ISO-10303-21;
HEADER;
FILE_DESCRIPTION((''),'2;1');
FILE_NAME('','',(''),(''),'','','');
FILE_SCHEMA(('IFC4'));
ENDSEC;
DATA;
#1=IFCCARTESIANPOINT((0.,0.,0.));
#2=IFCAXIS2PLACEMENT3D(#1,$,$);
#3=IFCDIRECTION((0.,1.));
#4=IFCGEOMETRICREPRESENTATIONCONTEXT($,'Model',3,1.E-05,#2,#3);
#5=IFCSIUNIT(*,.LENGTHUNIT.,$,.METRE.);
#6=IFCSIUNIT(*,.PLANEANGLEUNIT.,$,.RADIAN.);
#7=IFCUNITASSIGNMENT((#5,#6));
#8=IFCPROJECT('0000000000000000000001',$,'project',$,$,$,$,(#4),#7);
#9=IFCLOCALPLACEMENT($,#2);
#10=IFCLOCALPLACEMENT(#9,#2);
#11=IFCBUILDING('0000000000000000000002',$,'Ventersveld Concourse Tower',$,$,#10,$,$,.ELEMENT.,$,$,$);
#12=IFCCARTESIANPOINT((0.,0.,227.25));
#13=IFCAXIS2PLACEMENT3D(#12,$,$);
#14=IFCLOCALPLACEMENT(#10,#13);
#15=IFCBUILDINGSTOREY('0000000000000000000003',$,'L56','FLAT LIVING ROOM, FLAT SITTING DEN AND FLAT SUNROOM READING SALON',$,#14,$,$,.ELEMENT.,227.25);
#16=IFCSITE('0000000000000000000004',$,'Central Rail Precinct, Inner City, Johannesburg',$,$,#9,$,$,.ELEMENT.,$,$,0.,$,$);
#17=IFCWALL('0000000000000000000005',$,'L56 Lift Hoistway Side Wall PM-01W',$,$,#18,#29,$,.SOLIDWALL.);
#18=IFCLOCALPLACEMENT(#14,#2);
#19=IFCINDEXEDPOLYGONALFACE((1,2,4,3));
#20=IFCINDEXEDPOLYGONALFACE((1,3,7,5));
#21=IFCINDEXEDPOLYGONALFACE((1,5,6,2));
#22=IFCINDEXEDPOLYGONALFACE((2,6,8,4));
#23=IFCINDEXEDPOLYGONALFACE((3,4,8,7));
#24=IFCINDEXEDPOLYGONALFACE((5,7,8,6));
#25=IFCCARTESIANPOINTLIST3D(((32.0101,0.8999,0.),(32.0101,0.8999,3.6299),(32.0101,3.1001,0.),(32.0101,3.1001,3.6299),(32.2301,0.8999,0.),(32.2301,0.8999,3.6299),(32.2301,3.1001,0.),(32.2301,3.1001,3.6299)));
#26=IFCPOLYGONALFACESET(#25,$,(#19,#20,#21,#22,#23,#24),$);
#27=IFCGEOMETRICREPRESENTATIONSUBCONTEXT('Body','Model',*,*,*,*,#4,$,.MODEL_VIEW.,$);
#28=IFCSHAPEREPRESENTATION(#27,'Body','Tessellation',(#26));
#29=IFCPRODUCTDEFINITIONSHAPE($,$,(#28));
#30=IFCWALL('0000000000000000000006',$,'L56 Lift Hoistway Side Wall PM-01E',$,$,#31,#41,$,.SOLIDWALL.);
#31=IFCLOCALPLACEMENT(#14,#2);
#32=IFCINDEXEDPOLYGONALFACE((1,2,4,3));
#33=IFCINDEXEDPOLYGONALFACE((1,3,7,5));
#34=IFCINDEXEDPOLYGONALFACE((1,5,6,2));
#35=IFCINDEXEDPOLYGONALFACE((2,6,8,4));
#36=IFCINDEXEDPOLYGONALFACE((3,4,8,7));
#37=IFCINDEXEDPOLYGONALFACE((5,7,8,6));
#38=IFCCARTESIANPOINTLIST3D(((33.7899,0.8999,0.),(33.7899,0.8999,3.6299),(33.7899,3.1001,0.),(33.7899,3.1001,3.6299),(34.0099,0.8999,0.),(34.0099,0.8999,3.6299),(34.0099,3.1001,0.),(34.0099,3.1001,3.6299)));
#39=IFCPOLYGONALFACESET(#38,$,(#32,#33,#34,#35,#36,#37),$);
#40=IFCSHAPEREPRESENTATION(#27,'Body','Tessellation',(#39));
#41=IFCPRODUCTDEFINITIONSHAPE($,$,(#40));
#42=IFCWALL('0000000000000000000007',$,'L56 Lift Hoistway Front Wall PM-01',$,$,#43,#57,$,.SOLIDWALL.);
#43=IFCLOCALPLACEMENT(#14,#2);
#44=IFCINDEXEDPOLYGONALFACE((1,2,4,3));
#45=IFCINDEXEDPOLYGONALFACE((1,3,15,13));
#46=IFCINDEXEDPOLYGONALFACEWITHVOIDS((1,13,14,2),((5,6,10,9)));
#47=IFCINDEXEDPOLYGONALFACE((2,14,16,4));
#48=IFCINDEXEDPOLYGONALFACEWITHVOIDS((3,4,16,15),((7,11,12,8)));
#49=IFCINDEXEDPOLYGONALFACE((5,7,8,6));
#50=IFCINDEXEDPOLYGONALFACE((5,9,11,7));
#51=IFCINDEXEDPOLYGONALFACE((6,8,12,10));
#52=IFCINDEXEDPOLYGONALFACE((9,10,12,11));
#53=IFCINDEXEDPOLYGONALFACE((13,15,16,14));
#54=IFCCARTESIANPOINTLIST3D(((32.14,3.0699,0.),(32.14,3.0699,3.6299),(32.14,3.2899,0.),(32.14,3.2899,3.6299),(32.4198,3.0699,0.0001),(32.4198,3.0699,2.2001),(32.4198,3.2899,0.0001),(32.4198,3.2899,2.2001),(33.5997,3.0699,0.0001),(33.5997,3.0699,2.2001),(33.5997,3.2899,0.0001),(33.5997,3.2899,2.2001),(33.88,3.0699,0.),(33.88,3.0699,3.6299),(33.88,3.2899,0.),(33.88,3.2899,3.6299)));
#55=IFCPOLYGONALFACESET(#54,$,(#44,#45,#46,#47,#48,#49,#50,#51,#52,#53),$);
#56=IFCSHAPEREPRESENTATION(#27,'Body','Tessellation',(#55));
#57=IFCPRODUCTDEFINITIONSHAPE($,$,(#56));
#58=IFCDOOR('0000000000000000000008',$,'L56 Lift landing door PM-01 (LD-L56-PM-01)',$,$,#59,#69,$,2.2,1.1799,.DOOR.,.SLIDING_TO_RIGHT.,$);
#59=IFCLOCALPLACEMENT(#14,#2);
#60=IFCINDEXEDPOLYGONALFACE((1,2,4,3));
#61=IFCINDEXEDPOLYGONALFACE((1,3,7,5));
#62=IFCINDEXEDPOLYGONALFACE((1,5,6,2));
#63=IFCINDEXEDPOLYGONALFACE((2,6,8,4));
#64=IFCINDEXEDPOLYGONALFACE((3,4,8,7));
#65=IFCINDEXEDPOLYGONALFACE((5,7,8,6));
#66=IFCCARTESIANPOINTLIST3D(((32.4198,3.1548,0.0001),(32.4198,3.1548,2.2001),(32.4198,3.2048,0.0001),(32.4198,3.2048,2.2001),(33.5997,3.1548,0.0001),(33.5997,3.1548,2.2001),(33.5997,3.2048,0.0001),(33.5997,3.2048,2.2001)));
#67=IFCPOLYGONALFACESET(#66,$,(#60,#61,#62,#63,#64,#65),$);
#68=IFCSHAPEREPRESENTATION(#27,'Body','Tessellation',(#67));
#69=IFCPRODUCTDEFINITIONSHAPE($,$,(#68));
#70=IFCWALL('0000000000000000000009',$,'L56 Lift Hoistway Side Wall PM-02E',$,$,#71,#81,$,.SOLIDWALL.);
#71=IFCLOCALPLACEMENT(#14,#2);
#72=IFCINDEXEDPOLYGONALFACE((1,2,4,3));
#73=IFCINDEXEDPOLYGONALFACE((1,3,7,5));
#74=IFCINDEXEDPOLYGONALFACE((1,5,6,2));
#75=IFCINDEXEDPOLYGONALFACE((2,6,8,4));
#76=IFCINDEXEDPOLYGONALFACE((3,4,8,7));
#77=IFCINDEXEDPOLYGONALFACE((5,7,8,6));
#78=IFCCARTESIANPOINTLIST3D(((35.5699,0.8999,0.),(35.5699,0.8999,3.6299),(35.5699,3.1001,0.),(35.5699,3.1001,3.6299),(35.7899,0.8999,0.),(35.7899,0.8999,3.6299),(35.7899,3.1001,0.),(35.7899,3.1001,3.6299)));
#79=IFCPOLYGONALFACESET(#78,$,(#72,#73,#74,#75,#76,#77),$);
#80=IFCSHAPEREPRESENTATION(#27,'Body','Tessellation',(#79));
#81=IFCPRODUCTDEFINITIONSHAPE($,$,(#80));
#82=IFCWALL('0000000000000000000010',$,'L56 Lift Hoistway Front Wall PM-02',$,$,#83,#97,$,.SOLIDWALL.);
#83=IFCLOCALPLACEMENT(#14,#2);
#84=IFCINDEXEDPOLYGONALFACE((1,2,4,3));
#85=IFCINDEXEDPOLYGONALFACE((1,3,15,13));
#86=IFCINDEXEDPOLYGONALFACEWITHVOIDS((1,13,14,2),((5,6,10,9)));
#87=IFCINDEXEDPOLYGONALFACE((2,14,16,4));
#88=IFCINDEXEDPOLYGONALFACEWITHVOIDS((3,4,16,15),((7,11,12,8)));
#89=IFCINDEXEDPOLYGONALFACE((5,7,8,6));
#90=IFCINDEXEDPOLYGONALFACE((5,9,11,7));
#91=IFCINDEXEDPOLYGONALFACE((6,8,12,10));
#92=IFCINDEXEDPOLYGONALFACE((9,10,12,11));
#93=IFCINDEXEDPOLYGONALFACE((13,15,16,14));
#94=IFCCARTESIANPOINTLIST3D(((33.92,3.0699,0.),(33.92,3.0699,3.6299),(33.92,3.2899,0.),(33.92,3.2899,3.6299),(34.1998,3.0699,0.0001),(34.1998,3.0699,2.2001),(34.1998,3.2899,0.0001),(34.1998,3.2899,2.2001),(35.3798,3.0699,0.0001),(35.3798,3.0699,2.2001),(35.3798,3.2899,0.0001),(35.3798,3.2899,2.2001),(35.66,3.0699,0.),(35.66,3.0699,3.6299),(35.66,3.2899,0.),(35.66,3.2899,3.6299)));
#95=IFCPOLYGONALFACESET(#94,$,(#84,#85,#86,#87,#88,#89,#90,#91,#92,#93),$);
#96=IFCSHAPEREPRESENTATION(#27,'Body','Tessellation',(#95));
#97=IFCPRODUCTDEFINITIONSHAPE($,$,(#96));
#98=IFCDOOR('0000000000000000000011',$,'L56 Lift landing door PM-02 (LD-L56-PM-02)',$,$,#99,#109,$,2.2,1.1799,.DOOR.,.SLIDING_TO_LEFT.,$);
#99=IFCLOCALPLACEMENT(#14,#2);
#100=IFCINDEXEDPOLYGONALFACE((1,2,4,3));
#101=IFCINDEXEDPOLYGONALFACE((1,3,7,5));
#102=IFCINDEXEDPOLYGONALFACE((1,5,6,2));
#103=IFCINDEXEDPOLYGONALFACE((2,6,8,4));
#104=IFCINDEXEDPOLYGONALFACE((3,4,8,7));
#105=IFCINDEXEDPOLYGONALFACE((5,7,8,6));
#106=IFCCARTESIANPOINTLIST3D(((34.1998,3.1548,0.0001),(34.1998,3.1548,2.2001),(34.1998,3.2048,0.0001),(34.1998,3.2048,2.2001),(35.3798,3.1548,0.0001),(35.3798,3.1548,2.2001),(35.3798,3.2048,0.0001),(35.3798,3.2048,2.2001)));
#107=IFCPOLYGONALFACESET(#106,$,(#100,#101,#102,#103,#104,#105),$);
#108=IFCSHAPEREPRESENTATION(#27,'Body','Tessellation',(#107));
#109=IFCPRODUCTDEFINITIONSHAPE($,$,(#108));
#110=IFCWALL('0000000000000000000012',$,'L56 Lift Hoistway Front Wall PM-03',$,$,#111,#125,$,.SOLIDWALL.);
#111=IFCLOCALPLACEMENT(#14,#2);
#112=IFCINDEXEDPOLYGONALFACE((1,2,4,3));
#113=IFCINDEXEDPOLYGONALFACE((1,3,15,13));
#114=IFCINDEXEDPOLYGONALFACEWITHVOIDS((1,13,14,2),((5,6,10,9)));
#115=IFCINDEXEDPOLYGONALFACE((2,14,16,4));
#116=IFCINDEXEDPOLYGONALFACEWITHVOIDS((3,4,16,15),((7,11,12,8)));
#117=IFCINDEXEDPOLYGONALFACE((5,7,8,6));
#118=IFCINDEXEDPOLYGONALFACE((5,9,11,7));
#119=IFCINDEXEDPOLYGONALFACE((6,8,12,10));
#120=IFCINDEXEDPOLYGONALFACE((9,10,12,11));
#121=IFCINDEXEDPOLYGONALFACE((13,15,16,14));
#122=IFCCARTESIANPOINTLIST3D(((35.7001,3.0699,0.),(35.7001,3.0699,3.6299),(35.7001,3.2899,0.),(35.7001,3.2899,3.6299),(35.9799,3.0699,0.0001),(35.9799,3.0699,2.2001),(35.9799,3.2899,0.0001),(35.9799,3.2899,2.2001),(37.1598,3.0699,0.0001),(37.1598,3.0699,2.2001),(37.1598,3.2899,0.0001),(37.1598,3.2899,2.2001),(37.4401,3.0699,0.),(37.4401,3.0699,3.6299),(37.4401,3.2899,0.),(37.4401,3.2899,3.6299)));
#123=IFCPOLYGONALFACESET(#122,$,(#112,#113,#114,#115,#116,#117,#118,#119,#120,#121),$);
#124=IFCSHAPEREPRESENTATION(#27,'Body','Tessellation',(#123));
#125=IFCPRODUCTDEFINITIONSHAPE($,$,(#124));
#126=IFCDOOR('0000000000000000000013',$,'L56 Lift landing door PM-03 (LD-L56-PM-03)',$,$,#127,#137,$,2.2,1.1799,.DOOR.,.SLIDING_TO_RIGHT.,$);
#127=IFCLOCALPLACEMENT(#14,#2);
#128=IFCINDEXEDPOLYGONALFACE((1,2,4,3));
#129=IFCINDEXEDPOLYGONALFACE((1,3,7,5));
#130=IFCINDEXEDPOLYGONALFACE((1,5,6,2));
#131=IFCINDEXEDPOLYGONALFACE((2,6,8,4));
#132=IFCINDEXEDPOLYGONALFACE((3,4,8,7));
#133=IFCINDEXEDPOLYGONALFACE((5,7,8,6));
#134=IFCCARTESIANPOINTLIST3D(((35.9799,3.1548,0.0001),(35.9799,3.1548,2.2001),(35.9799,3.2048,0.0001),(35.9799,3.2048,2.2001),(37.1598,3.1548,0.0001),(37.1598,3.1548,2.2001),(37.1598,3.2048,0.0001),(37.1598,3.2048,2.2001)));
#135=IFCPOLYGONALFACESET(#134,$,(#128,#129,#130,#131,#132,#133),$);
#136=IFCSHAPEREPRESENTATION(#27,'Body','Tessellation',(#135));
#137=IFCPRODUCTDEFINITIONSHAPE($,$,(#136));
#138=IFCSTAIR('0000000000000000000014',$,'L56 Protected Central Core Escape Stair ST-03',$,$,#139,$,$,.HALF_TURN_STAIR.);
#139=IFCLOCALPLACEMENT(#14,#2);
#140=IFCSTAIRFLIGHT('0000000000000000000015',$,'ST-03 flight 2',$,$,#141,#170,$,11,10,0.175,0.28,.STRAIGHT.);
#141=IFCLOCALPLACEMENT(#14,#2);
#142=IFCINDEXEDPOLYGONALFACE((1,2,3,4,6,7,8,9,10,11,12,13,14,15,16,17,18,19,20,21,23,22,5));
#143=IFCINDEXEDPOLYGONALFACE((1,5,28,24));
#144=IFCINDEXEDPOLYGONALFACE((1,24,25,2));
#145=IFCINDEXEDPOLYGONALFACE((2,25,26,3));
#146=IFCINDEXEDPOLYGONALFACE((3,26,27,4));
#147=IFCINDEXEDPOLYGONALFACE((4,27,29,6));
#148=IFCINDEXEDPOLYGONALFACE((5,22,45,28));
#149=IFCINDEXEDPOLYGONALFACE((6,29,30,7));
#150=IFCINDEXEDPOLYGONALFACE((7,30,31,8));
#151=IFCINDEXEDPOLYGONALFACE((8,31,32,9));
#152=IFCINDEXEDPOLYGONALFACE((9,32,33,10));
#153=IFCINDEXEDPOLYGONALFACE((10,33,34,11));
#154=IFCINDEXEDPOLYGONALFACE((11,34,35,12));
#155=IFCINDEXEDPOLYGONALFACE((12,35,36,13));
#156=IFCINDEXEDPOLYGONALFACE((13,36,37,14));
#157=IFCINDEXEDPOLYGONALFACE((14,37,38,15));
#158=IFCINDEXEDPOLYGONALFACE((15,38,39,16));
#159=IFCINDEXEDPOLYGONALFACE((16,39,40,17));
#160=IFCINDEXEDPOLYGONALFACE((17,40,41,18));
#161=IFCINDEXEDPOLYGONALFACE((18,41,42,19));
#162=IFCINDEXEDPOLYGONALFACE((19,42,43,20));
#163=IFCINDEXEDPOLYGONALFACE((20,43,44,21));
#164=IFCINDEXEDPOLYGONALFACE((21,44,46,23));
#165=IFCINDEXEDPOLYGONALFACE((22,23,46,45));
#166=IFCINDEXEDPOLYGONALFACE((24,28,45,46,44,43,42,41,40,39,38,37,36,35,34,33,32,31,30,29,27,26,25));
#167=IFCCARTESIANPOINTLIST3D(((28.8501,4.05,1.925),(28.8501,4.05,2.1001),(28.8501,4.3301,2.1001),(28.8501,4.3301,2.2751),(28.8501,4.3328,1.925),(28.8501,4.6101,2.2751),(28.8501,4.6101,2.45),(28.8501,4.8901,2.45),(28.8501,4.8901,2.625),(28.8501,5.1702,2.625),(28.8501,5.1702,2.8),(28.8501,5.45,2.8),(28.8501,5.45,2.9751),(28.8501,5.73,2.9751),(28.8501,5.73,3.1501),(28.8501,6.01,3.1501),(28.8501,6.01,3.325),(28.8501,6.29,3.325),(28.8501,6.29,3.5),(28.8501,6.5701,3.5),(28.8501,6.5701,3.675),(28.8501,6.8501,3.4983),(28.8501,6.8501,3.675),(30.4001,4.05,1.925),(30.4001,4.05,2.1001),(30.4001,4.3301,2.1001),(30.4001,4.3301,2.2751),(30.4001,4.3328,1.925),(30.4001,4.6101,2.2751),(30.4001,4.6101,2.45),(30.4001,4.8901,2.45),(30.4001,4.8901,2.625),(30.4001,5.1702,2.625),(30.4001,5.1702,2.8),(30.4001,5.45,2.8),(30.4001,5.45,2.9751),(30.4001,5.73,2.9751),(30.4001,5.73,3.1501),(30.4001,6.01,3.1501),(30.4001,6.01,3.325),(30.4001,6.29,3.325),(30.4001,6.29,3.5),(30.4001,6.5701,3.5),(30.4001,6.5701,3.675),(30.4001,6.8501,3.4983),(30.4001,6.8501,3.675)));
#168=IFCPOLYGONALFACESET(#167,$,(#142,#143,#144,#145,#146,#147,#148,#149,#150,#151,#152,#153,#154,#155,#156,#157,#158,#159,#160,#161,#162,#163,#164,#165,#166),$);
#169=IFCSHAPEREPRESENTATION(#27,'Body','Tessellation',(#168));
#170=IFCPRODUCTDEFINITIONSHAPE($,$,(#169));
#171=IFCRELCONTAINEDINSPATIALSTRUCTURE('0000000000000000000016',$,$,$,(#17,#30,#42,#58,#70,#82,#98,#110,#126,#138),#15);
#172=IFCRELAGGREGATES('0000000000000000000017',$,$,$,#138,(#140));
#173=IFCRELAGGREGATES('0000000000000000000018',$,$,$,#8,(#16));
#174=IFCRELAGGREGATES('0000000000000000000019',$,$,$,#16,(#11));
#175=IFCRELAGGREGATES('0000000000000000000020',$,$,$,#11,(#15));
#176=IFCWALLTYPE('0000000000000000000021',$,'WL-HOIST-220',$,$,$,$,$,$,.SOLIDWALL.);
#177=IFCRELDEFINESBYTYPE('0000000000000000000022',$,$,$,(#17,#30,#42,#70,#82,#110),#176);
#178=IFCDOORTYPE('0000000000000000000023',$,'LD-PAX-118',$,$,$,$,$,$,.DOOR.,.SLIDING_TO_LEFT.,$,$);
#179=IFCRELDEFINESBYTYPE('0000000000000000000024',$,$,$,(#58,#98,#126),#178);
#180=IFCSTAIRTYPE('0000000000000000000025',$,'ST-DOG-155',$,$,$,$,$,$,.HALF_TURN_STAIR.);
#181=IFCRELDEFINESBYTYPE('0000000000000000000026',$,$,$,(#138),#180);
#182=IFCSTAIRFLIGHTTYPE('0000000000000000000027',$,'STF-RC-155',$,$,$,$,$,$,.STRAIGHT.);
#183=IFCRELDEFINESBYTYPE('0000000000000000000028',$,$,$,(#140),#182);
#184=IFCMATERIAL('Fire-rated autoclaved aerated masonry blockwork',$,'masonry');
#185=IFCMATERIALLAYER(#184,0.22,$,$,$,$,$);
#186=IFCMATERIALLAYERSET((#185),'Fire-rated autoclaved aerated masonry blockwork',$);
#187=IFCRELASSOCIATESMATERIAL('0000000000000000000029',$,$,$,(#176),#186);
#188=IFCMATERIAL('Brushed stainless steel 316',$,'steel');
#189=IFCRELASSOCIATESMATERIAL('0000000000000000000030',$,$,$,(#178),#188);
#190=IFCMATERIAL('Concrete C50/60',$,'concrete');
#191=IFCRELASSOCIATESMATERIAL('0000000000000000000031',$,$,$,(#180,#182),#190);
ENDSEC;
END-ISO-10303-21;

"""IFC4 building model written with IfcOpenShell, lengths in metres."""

from ifc_helpers import new_model, si_unit, direction, frame, frame_2d, origin, place, context, subcontext, project, spatial, polyline, rectangle, outline, extrude, material, layer, layer_set, type_object, element, fill, aggregate, save


model = new_model("IFC4")

# Units and contexts
model_context = context("Model", 3, precision=1e-05, world=origin(), true_north=direction((0.0, 1.0)))
body_context = subcontext(model_context, "Body", "Model", "MODEL_VIEW")
ifc_project = project(units=[si_unit("LENGTHUNIT", "METRE"), si_unit("PLANEANGLEUNIT", "RADIAN")], contexts=[model_context])

# Site, building, storey
site_placement = place(None, origin())
site = spatial("IfcSite", under=ifc_project, at=site_placement, Name="Central Rail Precinct, Inner City, Johannesburg", CompositionType="ELEMENT", RefElevation=0.0)
building_placement = place(site_placement, origin())
building = spatial("IfcBuilding", under=site, at=building_placement, Name="Ventersveld Concourse Tower", CompositionType="ELEMENT")
storey_placement = place(building_placement, frame((0.0, 0.0, 227.25)))
storey = spatial("IfcBuildingStorey", under=building, at=storey_placement, Name="L56", Description="FLAT LIVING ROOM, FLAT SITTING DEN AND FLAT SUNROOM READING SALON", CompositionType="ELEMENT", Elevation=227.25)

# Shared definitions
ifc_material_1 = material(Name="Concrete C50/60", Category="concrete")

# Walls
ifc_material_2 = material(Name="Fire-rated autoclaved aerated masonry blockwork", Category="masonry")
ifc_layer_1 = layer(ifc_material_2, 0.22)
ifc_layer_set_1 = layer_set([ifc_layer_1], Name="Fire-rated autoclaved aerated masonry blockwork")
wall_type_1 = type_object("IfcWallType", Name="WL-HOIST-220", PredefinedType="SOLIDWALL", material=ifc_layer_set_1)
for number, where, z_axis, x_axis, name in (
    (1, (32.1201, 0.8999, 0.0), (0.0, 0.0, 1.0), (0.0, 1.0, 0.0), "L56 Lift Hoistway Side Wall PM-01W"),
    (2, (33.8999, 0.8999, 0.0), (0.0, 0.0, 1.0), (0.0, 1.0, 0.0), "L56 Lift Hoistway Side Wall PM-01E"),
):
    element("IfcWall", number, at=place(storey_placement, frame(where, z_axis=z_axis, x_axis=x_axis)), inside=storey, type_object=wall_type_1, Name=name, PredefinedType="SOLIDWALL", context=body_context, shape_type="SweptSolid", body=[
        extrude(rectangle(XDim=2.2002, YDim=0.22, at=frame_2d((1.1001, 0.0))), origin(), (0.0, 0.0, 1.0), 3.6299),
    ])

# Wall, opening, door
wall_1_placement = place(storey_placement, frame((32.1399, 3.1799, 0.0), z_axis=(0.0, 0.0, 1.0), x_axis=(1.0, 0.0, 0.0)))
wall_1 = element("IfcWall", 3, at=wall_1_placement, inside=storey, type_object=wall_type_1, Name="L56 Lift Hoistway Front Wall PM-01", PredefinedType="SOLIDWALL", context=body_context, shape_type="SweptSolid", body=[
    extrude(rectangle(XDim=1.74, YDim=0.22, at=frame_2d((0.8701, 0.0))), origin(), (0.0, 0.0, 1.0), 3.6299),
])
opening_1_placement = place(wall_1_placement, frame((0.28, 0.0, 0.0)))
opening_1 = element("IfcOpeningElement", 4, at=opening_1_placement, cuts=wall_1, PredefinedType="OPENING", context=body_context, shape_type="SweptSolid", body=[
    extrude(rectangle(XDim=1.1799, YDim=2.2, at=frame_2d((0.5898, 1.1001))), frame((0.0, 0.1201, 0.0), z_axis=(0.0, -1.0, 0.0), x_axis=(1.0, 0.0, 0.0)), (0.0, 0.0, 1.0), 0.24),
])
ifc_material_3 = material(Name="Brushed stainless steel 316", Category="steel")
door_type = type_object("IfcDoorType", Name="LD-PAX-118", OperationType="SLIDING_TO_LEFT", PredefinedType="DOOR", material=ifc_material_3)
door_1_placement = place(opening_1_placement, origin())
door_1 = element("IfcDoor", 5, at=door_1_placement, inside=storey, type_object=door_type, Name="L56 Lift landing door PM-01 (LD-L56-PM-01)", OperationType="SLIDING_TO_RIGHT", OverallHeight=2.2, OverallWidth=1.1799, PredefinedType="DOOR", context=body_context, shape_type="SweptSolid", body=[
    extrude(rectangle(XDim=1.1799, YDim=2.2, at=frame_2d((0.5898, 1.1001))), frame((0.0, 0.0249, 0.0), z_axis=(0.0, -1.0, 0.0), x_axis=(1.0, 0.0, 0.0)), (0.0, 0.0, 1.0), 0.05),
])
fill(opening_1, door_1)

# Wall
wall_2_placement = place(storey_placement, frame((35.6799, 0.8999, 0.0), z_axis=(0.0, 0.0, 1.0), x_axis=(0.0, 1.0, 0.0)))
element("IfcWall", 6, at=wall_2_placement, inside=storey, type_object=wall_type_1, Name="L56 Lift Hoistway Side Wall PM-02E", PredefinedType="SOLIDWALL", context=body_context, shape_type="SweptSolid", body=[
    extrude(rectangle(XDim=2.2002, YDim=0.22, at=frame_2d((1.1001, 0.0))), origin(), (0.0, 0.0, 1.0), 3.6299),
])

# Walls, openings, doors
wall_3_placement = place(storey_placement, frame((33.9199, 3.1799, 0.0), z_axis=(0.0, 0.0, 1.0), x_axis=(1.0, 0.0, 0.0)))
wall_3 = element("IfcWall", 7, at=wall_3_placement, inside=storey, type_object=wall_type_1, Name="L56 Lift Hoistway Front Wall PM-02", PredefinedType="SOLIDWALL", context=body_context, shape_type="SweptSolid", body=[
    extrude(rectangle(XDim=1.74, YDim=0.22, at=frame_2d((0.8701, 0.0))), origin(), (0.0, 0.0, 1.0), 3.6299),
])
opening_2_placement = place(wall_3_placement, frame((0.28, 0.0, 0.0)))
opening_2 = element("IfcOpeningElement", 8, at=opening_2_placement, cuts=wall_3, PredefinedType="OPENING", context=body_context, shape_type="SweptSolid", body=[
    extrude(rectangle(XDim=1.1799, YDim=2.2, at=frame_2d((0.5898, 1.1001))), frame((0.0, 0.1201, 0.0), z_axis=(0.0, -1.0, 0.0), x_axis=(1.0, 0.0, 0.0)), (0.0, 0.0, 1.0), 0.24),
])
door_2_placement = place(opening_2_placement, origin())
door_2 = element("IfcDoor", 9, at=door_2_placement, inside=storey, type_object=door_type, Name="L56 Lift landing door PM-02 (LD-L56-PM-02)", OperationType="SLIDING_TO_LEFT", OverallHeight=2.2, OverallWidth=1.1799, PredefinedType="DOOR", context=body_context, shape_type="SweptSolid", body=[
    extrude(rectangle(XDim=1.1799, YDim=2.2, at=frame_2d((0.5898, 1.1001))), frame((0.0, 0.0249, 0.0), z_axis=(0.0, -1.0, 0.0), x_axis=(1.0, 0.0, 0.0)), (0.0, 0.0, 1.0), 0.05),
])
fill(opening_2, door_2)
wall_4_placement = place(storey_placement, frame((35.7, 3.1799, 0.0), z_axis=(0.0, 0.0, 1.0), x_axis=(1.0, 0.0, 0.0)))
wall_4 = element("IfcWall", 10, at=wall_4_placement, inside=storey, type_object=wall_type_1, Name="L56 Lift Hoistway Front Wall PM-03", PredefinedType="SOLIDWALL", context=body_context, shape_type="SweptSolid", body=[
    extrude(rectangle(XDim=1.74, YDim=0.22, at=frame_2d((0.8701, 0.0))), origin(), (0.0, 0.0, 1.0), 3.6299),
])
opening_3_placement = place(wall_4_placement, frame((0.28, 0.0, 0.0)))
opening_3 = element("IfcOpeningElement", 11, at=opening_3_placement, cuts=wall_4, PredefinedType="OPENING", context=body_context, shape_type="SweptSolid", body=[
    extrude(rectangle(XDim=1.1799, YDim=2.2, at=frame_2d((0.5898, 1.1001))), frame((0.0, 0.1201, 0.0), z_axis=(0.0, -1.0, 0.0), x_axis=(1.0, 0.0, 0.0)), (0.0, 0.0, 1.0), 0.24),
])
door_3_placement = place(opening_3_placement, origin())
door_3 = element("IfcDoor", 12, at=door_3_placement, inside=storey, type_object=door_type, Name="L56 Lift landing door PM-03 (LD-L56-PM-03)", OperationType="SLIDING_TO_RIGHT", OverallHeight=2.2, OverallWidth=1.1799, PredefinedType="DOOR", context=body_context, shape_type="SweptSolid", body=[
    extrude(rectangle(XDim=1.1799, YDim=2.2, at=frame_2d((0.5898, 1.1001))), frame((0.0, 0.0249, 0.0), z_axis=(0.0, -1.0, 0.0), x_axis=(1.0, 0.0, 0.0)), (0.0, 0.0, 1.0), 0.05),
])
fill(opening_3, door_3)

# Stair, stair flight
stair_type = type_object("IfcStairType", Name="ST-DOG-155", PredefinedType="HALF_TURN_STAIR", material=ifc_material_1)
stair_placement = place(storey_placement, origin())
stair = element("IfcStair", 13, at=stair_placement, inside=storey, type_object=stair_type, Name="L56 Protected Central Core Escape Stair ST-03", PredefinedType="HALF_TURN_STAIR")
stair_flight_type = type_object("IfcStairFlightType", Name="STF-RC-155", PredefinedType="STRAIGHT", material=ifc_material_1)
stair_flight_placement = place(storey_placement, frame((29.625, 4.05, 1.925), z_axis=(0.0, 0.0, 1.0), x_axis=(0.0, 1.0, 0.0)))
stair_flight = element("IfcStairFlight", 14, at=stair_flight_placement, type_object=stair_flight_type, Name="ST-03 flight 2", NumberOfRisers=11, NumberOfTreads=10, PredefinedType="STRAIGHT", RiserHeight=0.175, TreadLength=0.28, context=body_context, shape_type="SweptSolid", body=[
    extrude(outline(polyline([(0.0, 0.0), (0.0, 0.175), (0.28, 0.175), (0.28, 0.3501), (0.5601, 0.3501), (0.5601, 0.5249), (0.8401, 0.5249), (0.8401, 0.7), (1.1201, 0.7), (1.1201, 0.875), (1.3999, 0.875), (1.3999, 1.05), (1.6799, 1.05), (1.6799, 1.2251), (1.96, 1.2251), (1.96, 1.3999), (2.24, 1.3999), (2.24, 1.575), (2.52, 1.575), (2.52, 1.75), (2.8, 1.75), (2.8, 1.925), (2.8, 1.5732), (0.2827, 0.0), (0.0, 0.0)])), frame((0.0, 0.7749, 0.0), z_axis=(0.0, -1.0, 0.0), x_axis=(1.0, 0.0, 0.0)), (0.0, 0.0, 1.0), 1.55),
])
aggregate(stair, [stair_flight])

save(model, "model.ifc")
